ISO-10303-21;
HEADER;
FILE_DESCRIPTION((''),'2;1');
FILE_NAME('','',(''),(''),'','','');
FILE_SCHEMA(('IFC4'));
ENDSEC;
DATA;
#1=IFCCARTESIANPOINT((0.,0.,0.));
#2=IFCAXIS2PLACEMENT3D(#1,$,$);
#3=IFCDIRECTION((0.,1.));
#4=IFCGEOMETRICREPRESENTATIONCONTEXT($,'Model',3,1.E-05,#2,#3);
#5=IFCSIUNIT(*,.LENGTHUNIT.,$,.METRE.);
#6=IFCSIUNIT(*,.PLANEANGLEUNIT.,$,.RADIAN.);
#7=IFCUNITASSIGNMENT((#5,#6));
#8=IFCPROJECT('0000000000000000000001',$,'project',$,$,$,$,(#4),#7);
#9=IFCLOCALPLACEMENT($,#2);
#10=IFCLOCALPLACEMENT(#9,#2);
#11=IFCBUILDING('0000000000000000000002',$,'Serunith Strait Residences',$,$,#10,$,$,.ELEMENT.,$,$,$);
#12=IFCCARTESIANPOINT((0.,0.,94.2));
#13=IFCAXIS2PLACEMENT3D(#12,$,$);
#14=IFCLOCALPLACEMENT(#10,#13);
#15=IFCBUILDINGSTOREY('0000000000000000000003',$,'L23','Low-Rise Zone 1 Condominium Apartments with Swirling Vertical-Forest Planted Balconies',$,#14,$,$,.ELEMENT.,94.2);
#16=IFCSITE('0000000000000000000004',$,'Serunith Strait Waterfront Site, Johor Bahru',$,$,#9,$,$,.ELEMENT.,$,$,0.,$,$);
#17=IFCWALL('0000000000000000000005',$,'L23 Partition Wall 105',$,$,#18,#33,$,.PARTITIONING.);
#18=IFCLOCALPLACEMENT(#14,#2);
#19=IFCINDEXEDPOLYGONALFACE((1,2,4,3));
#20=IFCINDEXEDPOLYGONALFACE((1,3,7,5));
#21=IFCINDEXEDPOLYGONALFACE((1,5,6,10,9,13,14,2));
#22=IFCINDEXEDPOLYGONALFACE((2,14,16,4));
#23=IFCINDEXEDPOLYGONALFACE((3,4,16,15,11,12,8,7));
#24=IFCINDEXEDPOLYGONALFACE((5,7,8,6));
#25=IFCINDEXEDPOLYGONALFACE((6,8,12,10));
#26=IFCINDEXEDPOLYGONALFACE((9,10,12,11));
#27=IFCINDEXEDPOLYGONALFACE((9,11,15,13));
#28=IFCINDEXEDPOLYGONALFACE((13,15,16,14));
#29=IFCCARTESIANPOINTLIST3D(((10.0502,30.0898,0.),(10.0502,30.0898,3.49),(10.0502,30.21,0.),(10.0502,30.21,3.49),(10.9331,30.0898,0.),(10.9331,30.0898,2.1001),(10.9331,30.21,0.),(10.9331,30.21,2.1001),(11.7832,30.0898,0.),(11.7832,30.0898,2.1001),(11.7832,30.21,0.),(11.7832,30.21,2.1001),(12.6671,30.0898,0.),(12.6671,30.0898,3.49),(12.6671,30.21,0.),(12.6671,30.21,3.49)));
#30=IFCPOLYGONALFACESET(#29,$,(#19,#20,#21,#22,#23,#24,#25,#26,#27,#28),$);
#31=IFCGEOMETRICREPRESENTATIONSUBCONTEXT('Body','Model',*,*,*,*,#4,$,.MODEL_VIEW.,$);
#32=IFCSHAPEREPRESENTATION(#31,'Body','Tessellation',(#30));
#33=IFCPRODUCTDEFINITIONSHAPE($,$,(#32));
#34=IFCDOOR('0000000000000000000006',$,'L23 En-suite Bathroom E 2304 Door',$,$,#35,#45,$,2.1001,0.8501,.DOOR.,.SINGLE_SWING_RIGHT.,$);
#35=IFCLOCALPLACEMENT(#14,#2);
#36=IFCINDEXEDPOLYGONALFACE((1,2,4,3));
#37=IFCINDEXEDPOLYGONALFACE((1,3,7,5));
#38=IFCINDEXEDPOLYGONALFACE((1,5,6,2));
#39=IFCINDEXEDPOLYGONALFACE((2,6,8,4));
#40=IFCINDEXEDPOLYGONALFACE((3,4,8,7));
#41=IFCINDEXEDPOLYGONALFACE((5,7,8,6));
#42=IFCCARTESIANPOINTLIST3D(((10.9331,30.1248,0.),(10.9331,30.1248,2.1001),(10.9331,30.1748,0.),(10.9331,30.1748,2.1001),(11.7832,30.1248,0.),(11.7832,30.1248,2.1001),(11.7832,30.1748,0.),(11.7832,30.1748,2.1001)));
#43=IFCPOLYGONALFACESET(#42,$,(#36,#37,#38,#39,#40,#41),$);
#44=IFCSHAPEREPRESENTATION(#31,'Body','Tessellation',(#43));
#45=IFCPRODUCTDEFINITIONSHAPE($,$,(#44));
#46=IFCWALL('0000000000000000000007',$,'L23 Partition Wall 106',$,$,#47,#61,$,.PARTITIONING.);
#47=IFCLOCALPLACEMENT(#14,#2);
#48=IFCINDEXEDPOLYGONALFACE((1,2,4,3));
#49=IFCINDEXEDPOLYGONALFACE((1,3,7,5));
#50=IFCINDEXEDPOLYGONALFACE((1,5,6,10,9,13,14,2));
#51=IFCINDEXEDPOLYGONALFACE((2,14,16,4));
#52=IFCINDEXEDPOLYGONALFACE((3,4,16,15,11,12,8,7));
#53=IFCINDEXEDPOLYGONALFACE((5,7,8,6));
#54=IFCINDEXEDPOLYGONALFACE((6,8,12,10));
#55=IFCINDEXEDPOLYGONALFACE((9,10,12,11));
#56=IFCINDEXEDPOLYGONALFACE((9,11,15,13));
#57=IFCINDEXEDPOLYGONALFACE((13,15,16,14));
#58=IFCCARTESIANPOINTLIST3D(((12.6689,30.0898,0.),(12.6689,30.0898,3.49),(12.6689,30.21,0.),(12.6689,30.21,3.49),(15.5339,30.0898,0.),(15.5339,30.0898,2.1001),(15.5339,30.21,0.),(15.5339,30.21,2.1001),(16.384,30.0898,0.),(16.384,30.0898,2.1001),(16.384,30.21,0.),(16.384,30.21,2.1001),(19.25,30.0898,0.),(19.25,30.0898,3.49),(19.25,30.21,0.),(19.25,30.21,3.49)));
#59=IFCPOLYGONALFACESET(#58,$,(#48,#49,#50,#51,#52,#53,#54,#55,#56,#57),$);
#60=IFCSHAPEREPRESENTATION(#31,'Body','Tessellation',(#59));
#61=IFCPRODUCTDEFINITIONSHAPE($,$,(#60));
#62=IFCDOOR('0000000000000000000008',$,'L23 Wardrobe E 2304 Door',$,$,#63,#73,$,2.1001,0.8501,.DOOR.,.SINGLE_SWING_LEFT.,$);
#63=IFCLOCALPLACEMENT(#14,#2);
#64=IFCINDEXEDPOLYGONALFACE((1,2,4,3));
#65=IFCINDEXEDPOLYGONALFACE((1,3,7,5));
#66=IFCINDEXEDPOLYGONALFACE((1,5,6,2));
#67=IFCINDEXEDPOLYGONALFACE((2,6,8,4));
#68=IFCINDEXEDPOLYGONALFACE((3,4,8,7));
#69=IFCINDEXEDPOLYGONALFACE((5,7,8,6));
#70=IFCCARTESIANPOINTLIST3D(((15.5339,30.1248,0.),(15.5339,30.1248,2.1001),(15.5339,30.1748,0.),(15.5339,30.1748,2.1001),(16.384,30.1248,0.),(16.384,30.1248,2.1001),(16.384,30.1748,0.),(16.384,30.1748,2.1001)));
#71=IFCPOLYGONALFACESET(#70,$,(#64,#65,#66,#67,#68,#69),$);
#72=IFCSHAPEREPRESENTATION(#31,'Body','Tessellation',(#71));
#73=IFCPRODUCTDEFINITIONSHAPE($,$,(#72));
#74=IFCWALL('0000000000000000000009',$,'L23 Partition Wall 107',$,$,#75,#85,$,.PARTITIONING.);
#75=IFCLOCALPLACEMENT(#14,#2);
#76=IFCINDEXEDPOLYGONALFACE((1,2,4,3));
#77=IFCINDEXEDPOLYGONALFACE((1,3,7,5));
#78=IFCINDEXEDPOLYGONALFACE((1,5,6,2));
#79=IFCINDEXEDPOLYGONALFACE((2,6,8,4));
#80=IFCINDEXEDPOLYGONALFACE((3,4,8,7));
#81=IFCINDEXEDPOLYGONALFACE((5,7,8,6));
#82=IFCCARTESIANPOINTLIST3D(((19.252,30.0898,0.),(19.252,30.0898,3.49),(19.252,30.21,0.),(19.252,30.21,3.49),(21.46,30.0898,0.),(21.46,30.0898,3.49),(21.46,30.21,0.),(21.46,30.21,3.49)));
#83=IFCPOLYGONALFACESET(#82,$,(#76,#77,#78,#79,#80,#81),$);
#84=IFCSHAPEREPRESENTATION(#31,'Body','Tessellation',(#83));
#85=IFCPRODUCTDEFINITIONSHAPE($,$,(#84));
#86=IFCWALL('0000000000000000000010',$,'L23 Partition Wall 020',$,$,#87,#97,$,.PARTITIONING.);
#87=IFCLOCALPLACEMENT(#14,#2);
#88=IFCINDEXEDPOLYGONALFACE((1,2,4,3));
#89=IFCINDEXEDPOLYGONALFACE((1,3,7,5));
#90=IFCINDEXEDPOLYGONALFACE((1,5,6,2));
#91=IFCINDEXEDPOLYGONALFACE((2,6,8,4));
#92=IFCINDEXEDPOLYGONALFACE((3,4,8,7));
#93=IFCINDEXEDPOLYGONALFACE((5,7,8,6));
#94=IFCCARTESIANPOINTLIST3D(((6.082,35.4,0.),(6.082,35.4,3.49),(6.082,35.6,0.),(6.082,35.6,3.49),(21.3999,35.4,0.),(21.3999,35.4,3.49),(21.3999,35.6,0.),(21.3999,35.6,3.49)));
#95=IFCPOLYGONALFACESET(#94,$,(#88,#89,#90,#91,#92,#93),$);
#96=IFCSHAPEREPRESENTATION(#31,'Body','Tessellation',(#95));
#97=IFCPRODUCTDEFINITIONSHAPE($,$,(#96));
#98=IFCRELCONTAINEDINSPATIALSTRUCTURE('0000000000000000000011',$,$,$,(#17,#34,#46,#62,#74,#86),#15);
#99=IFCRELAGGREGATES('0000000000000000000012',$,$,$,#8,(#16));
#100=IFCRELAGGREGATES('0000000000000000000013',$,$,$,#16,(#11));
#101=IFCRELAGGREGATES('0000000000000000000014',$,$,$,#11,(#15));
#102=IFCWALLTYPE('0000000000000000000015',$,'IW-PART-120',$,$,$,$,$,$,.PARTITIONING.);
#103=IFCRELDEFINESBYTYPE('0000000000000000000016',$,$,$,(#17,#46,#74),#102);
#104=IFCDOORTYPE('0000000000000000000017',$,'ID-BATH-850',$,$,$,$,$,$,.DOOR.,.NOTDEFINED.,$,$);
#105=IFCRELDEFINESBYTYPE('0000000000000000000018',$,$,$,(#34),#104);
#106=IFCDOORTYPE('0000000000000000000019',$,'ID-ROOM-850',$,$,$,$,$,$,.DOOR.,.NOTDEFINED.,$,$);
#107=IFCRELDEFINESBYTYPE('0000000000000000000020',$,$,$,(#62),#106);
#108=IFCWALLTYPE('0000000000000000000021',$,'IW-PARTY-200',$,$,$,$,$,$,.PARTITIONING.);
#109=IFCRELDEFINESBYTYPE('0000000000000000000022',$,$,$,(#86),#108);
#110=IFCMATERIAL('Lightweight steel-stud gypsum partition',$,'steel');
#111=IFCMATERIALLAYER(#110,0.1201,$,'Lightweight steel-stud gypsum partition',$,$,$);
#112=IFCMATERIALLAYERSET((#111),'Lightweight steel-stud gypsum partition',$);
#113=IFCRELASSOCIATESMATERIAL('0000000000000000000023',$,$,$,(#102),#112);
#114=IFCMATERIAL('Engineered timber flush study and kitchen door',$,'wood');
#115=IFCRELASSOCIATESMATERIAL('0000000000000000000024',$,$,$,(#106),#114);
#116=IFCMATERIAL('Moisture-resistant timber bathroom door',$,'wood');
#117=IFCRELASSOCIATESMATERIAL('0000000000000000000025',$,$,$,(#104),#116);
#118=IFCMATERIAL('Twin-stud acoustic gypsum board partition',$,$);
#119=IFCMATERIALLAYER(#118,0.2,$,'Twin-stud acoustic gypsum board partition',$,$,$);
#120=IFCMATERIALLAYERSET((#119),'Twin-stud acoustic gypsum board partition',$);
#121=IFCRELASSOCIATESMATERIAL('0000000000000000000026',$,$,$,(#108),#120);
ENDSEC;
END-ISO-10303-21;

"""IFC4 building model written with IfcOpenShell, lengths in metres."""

from ifc_helpers import new_model, si_unit, direction, frame, frame_2d, origin, place, context, subcontext, project, spatial, rectangle, extrude, source, transform, mapped, material, layer, layer_set, type_object, element, fill, save


model = new_model("IFC4")

# Units and contexts
model_context = context("Model", 3, precision=1e-05, world=origin(), true_north=direction((0.0, 1.0)))
body_context = subcontext(model_context, "Body", "Model", "MODEL_VIEW")
ifc_project = project(units=[si_unit("LENGTHUNIT", "METRE"), si_unit("PLANEANGLEUNIT", "RADIAN")], contexts=[model_context])

# Site, building, storey
site_placement = place(None, origin())
site = spatial("IfcSite", under=ifc_project, at=site_placement, Name="Serunith Strait Waterfront Site, Johor Bahru", CompositionType="ELEMENT", RefElevation=0.0)
building_placement = place(site_placement, origin())
building = spatial("IfcBuilding", under=site, at=building_placement, Name="Serunith Strait Residences", CompositionType="ELEMENT")
storey_placement = place(building_placement, frame((0.0, 0.0, 94.2)))
storey = spatial("IfcBuildingStorey", under=building, at=storey_placement, Name="L23", Description="Low-Rise Zone 1 Condominium Apartments with Swirling Vertical-Forest Planted Balconies", CompositionType="ELEMENT", Elevation=94.2)

# Shared definitions
ifc_material_1 = material(Name="Lightweight steel-stud gypsum partition", Category="steel")
ifc_layer_1 = layer(ifc_material_1, 0.1201, Name="Lightweight steel-stud gypsum partition")
ifc_layer_set_1 = layer_set([ifc_layer_1], Name="Lightweight steel-stud gypsum partition")
wall_type_1 = type_object("IfcWallType", Name="IW-PART-120", PredefinedType="PARTITIONING", material=ifc_layer_set_1)

# Shared definitions
ifc_material_2 = material(Name="Engineered timber flush study and kitchen door", Category="wood")
door_type_1 = type_object("IfcDoorType", Name="ID-ROOM-850", OperationType="NOTDEFINED", PredefinedType="DOOR", material=ifc_material_2)
shared_shape_1 = source(origin(), body_context, "Body", "SweptSolid", [
    extrude(rectangle(XDim=0.8501, YDim=2.1001, at=frame_2d((0.425, 1.05))), frame((0.0, 0.0249, 0.0), z_axis=(0.0, -1.0, 0.0), x_axis=(1.0, 0.0, 0.0)), (0.0, 0.0, 1.0), 0.05),
])

# Walls, openings, doors
wall_1_placement = place(storey_placement, frame((10.05, 30.1499, 0.0), z_axis=(0.0, 0.0, 1.0), x_axis=(1.0, 0.0, 0.0)))
wall_1 = element("IfcWall", 1, at=wall_1_placement, inside=storey, type_object=wall_type_1, Name="L23 Partition Wall 105", PredefinedType="PARTITIONING", context=body_context, shape_type="SweptSolid", body=[
    extrude(rectangle(XDim=2.6169, YDim=0.1201, at=frame_2d((1.3086, 0.0))), origin(), (0.0, 0.0, 1.0), 3.49),
])
opening_1_placement = place(wall_1_placement, frame((0.8831, 0.0, 0.0)))
opening_1 = element("IfcOpeningElement", 2, at=opening_1_placement, cuts=wall_1, PredefinedType="OPENING", context=body_context, shape_type="SweptSolid", body=[
    extrude(rectangle(XDim=0.8501, YDim=2.1001, at=frame_2d((0.425, 1.05))), frame((0.0, 0.0701, 0.0), z_axis=(0.0, -1.0, 0.0), x_axis=(1.0, 0.0, 0.0)), (0.0, 0.0, 1.0), 0.1401),
])
ifc_material_3 = material(Name="Moisture-resistant timber bathroom door", Category="wood")
door_type_2 = type_object("IfcDoorType", Name="ID-BATH-850", OperationType="NOTDEFINED", PredefinedType="DOOR", material=ifc_material_3)
door_1_placement = place(opening_1_placement, origin())
door_1 = element("IfcDoor", 3, at=door_1_placement, inside=storey, type_object=door_type_2, Name="L23 En-suite Bathroom E 2304 Door", OperationType="SINGLE_SWING_RIGHT", OverallHeight=2.1001, OverallWidth=0.8501, PredefinedType="DOOR", context=body_context, shape_type="MappedRepresentation", body=[
    mapped(shared_shape_1, transform((0.0, 0.0, 0.0), scale=1.0)),
])
fill(opening_1, door_1)
wall_2_placement = place(storey_placement, frame((12.6689, 30.1499, 0.0), z_axis=(0.0, 0.0, 1.0), x_axis=(1.0, 0.0, 0.0)))
wall_2 = element("IfcWall", 4, at=wall_2_placement, inside=storey, type_object=wall_type_1, Name="L23 Partition Wall 106", PredefinedType="PARTITIONING", context=body_context, shape_type="SweptSolid", body=[
    extrude(rectangle(XDim=6.5811, YDim=0.1201, at=frame_2d((3.2905, 0.0))), origin(), (0.0, 0.0, 1.0), 3.49),
])
opening_2_placement = place(wall_2_placement, frame((2.865, 0.0, 0.0)))
opening_2 = element("IfcOpeningElement", 5, at=opening_2_placement, cuts=wall_2, PredefinedType="OPENING", context=body_context, shape_type="SweptSolid", body=[
    extrude(rectangle(XDim=0.8501, YDim=2.1001, at=frame_2d((0.425, 1.05))), frame((0.0, 0.0701, 0.0), z_axis=(0.0, -1.0, 0.0), x_axis=(1.0, 0.0, 0.0)), (0.0, 0.0, 1.0), 0.1401),
])
door_2_placement = place(opening_2_placement, origin())
door_2 = element("IfcDoor", 6, at=door_2_placement, inside=storey, type_object=door_type_1, Name="L23 Wardrobe E 2304 Door", OperationType="SINGLE_SWING_LEFT", OverallHeight=2.1001, OverallWidth=0.8501, PredefinedType="DOOR", context=body_context, shape_type="MappedRepresentation", body=[
    mapped(shared_shape_1, transform((0.0, 0.0, 0.0), scale=1.0)),
])
fill(opening_2, door_2)

# Walls
wall_3_placement = place(storey_placement, frame((19.252, 30.1499, 0.0), z_axis=(0.0, 0.0, 1.0), x_axis=(1.0, 0.0, 0.0)))
element("IfcWall", 7, at=wall_3_placement, inside=storey, type_object=wall_type_1, Name="L23 Partition Wall 107", PredefinedType="PARTITIONING", context=body_context, shape_type="SweptSolid", body=[
    extrude(rectangle(XDim=2.208, YDim=0.1201, at=frame_2d((1.104, 0.0))), origin(), (0.0, 0.0, 1.0), 3.49),
])
ifc_material_4 = material(Name="Twin-stud acoustic gypsum board partition")
ifc_layer_2 = layer(ifc_material_4, 0.2, Name="Twin-stud acoustic gypsum board partition")
ifc_layer_set_2 = layer_set([ifc_layer_2], Name="Twin-stud acoustic gypsum board partition")
wall_type_2 = type_object("IfcWallType", Name="IW-PARTY-200", PredefinedType="PARTITIONING", material=ifc_layer_set_2)
wall_4_placement = place(storey_placement, frame((6.082, 35.5, 0.0), z_axis=(0.0, 0.0, 1.0), x_axis=(1.0, 0.0, 0.0)))
element("IfcWall", 8, at=wall_4_placement, inside=storey, type_object=wall_type_2, Name="L23 Partition Wall 020", PredefinedType="PARTITIONING", context=body_context, shape_type="SweptSolid", body=[
    extrude(rectangle(XDim=15.3179, YDim=0.2, at=frame_2d((7.6589, 0.0))), origin(), (0.0, 0.0, 1.0), 3.49),
])

save(model, "model.ifc")
